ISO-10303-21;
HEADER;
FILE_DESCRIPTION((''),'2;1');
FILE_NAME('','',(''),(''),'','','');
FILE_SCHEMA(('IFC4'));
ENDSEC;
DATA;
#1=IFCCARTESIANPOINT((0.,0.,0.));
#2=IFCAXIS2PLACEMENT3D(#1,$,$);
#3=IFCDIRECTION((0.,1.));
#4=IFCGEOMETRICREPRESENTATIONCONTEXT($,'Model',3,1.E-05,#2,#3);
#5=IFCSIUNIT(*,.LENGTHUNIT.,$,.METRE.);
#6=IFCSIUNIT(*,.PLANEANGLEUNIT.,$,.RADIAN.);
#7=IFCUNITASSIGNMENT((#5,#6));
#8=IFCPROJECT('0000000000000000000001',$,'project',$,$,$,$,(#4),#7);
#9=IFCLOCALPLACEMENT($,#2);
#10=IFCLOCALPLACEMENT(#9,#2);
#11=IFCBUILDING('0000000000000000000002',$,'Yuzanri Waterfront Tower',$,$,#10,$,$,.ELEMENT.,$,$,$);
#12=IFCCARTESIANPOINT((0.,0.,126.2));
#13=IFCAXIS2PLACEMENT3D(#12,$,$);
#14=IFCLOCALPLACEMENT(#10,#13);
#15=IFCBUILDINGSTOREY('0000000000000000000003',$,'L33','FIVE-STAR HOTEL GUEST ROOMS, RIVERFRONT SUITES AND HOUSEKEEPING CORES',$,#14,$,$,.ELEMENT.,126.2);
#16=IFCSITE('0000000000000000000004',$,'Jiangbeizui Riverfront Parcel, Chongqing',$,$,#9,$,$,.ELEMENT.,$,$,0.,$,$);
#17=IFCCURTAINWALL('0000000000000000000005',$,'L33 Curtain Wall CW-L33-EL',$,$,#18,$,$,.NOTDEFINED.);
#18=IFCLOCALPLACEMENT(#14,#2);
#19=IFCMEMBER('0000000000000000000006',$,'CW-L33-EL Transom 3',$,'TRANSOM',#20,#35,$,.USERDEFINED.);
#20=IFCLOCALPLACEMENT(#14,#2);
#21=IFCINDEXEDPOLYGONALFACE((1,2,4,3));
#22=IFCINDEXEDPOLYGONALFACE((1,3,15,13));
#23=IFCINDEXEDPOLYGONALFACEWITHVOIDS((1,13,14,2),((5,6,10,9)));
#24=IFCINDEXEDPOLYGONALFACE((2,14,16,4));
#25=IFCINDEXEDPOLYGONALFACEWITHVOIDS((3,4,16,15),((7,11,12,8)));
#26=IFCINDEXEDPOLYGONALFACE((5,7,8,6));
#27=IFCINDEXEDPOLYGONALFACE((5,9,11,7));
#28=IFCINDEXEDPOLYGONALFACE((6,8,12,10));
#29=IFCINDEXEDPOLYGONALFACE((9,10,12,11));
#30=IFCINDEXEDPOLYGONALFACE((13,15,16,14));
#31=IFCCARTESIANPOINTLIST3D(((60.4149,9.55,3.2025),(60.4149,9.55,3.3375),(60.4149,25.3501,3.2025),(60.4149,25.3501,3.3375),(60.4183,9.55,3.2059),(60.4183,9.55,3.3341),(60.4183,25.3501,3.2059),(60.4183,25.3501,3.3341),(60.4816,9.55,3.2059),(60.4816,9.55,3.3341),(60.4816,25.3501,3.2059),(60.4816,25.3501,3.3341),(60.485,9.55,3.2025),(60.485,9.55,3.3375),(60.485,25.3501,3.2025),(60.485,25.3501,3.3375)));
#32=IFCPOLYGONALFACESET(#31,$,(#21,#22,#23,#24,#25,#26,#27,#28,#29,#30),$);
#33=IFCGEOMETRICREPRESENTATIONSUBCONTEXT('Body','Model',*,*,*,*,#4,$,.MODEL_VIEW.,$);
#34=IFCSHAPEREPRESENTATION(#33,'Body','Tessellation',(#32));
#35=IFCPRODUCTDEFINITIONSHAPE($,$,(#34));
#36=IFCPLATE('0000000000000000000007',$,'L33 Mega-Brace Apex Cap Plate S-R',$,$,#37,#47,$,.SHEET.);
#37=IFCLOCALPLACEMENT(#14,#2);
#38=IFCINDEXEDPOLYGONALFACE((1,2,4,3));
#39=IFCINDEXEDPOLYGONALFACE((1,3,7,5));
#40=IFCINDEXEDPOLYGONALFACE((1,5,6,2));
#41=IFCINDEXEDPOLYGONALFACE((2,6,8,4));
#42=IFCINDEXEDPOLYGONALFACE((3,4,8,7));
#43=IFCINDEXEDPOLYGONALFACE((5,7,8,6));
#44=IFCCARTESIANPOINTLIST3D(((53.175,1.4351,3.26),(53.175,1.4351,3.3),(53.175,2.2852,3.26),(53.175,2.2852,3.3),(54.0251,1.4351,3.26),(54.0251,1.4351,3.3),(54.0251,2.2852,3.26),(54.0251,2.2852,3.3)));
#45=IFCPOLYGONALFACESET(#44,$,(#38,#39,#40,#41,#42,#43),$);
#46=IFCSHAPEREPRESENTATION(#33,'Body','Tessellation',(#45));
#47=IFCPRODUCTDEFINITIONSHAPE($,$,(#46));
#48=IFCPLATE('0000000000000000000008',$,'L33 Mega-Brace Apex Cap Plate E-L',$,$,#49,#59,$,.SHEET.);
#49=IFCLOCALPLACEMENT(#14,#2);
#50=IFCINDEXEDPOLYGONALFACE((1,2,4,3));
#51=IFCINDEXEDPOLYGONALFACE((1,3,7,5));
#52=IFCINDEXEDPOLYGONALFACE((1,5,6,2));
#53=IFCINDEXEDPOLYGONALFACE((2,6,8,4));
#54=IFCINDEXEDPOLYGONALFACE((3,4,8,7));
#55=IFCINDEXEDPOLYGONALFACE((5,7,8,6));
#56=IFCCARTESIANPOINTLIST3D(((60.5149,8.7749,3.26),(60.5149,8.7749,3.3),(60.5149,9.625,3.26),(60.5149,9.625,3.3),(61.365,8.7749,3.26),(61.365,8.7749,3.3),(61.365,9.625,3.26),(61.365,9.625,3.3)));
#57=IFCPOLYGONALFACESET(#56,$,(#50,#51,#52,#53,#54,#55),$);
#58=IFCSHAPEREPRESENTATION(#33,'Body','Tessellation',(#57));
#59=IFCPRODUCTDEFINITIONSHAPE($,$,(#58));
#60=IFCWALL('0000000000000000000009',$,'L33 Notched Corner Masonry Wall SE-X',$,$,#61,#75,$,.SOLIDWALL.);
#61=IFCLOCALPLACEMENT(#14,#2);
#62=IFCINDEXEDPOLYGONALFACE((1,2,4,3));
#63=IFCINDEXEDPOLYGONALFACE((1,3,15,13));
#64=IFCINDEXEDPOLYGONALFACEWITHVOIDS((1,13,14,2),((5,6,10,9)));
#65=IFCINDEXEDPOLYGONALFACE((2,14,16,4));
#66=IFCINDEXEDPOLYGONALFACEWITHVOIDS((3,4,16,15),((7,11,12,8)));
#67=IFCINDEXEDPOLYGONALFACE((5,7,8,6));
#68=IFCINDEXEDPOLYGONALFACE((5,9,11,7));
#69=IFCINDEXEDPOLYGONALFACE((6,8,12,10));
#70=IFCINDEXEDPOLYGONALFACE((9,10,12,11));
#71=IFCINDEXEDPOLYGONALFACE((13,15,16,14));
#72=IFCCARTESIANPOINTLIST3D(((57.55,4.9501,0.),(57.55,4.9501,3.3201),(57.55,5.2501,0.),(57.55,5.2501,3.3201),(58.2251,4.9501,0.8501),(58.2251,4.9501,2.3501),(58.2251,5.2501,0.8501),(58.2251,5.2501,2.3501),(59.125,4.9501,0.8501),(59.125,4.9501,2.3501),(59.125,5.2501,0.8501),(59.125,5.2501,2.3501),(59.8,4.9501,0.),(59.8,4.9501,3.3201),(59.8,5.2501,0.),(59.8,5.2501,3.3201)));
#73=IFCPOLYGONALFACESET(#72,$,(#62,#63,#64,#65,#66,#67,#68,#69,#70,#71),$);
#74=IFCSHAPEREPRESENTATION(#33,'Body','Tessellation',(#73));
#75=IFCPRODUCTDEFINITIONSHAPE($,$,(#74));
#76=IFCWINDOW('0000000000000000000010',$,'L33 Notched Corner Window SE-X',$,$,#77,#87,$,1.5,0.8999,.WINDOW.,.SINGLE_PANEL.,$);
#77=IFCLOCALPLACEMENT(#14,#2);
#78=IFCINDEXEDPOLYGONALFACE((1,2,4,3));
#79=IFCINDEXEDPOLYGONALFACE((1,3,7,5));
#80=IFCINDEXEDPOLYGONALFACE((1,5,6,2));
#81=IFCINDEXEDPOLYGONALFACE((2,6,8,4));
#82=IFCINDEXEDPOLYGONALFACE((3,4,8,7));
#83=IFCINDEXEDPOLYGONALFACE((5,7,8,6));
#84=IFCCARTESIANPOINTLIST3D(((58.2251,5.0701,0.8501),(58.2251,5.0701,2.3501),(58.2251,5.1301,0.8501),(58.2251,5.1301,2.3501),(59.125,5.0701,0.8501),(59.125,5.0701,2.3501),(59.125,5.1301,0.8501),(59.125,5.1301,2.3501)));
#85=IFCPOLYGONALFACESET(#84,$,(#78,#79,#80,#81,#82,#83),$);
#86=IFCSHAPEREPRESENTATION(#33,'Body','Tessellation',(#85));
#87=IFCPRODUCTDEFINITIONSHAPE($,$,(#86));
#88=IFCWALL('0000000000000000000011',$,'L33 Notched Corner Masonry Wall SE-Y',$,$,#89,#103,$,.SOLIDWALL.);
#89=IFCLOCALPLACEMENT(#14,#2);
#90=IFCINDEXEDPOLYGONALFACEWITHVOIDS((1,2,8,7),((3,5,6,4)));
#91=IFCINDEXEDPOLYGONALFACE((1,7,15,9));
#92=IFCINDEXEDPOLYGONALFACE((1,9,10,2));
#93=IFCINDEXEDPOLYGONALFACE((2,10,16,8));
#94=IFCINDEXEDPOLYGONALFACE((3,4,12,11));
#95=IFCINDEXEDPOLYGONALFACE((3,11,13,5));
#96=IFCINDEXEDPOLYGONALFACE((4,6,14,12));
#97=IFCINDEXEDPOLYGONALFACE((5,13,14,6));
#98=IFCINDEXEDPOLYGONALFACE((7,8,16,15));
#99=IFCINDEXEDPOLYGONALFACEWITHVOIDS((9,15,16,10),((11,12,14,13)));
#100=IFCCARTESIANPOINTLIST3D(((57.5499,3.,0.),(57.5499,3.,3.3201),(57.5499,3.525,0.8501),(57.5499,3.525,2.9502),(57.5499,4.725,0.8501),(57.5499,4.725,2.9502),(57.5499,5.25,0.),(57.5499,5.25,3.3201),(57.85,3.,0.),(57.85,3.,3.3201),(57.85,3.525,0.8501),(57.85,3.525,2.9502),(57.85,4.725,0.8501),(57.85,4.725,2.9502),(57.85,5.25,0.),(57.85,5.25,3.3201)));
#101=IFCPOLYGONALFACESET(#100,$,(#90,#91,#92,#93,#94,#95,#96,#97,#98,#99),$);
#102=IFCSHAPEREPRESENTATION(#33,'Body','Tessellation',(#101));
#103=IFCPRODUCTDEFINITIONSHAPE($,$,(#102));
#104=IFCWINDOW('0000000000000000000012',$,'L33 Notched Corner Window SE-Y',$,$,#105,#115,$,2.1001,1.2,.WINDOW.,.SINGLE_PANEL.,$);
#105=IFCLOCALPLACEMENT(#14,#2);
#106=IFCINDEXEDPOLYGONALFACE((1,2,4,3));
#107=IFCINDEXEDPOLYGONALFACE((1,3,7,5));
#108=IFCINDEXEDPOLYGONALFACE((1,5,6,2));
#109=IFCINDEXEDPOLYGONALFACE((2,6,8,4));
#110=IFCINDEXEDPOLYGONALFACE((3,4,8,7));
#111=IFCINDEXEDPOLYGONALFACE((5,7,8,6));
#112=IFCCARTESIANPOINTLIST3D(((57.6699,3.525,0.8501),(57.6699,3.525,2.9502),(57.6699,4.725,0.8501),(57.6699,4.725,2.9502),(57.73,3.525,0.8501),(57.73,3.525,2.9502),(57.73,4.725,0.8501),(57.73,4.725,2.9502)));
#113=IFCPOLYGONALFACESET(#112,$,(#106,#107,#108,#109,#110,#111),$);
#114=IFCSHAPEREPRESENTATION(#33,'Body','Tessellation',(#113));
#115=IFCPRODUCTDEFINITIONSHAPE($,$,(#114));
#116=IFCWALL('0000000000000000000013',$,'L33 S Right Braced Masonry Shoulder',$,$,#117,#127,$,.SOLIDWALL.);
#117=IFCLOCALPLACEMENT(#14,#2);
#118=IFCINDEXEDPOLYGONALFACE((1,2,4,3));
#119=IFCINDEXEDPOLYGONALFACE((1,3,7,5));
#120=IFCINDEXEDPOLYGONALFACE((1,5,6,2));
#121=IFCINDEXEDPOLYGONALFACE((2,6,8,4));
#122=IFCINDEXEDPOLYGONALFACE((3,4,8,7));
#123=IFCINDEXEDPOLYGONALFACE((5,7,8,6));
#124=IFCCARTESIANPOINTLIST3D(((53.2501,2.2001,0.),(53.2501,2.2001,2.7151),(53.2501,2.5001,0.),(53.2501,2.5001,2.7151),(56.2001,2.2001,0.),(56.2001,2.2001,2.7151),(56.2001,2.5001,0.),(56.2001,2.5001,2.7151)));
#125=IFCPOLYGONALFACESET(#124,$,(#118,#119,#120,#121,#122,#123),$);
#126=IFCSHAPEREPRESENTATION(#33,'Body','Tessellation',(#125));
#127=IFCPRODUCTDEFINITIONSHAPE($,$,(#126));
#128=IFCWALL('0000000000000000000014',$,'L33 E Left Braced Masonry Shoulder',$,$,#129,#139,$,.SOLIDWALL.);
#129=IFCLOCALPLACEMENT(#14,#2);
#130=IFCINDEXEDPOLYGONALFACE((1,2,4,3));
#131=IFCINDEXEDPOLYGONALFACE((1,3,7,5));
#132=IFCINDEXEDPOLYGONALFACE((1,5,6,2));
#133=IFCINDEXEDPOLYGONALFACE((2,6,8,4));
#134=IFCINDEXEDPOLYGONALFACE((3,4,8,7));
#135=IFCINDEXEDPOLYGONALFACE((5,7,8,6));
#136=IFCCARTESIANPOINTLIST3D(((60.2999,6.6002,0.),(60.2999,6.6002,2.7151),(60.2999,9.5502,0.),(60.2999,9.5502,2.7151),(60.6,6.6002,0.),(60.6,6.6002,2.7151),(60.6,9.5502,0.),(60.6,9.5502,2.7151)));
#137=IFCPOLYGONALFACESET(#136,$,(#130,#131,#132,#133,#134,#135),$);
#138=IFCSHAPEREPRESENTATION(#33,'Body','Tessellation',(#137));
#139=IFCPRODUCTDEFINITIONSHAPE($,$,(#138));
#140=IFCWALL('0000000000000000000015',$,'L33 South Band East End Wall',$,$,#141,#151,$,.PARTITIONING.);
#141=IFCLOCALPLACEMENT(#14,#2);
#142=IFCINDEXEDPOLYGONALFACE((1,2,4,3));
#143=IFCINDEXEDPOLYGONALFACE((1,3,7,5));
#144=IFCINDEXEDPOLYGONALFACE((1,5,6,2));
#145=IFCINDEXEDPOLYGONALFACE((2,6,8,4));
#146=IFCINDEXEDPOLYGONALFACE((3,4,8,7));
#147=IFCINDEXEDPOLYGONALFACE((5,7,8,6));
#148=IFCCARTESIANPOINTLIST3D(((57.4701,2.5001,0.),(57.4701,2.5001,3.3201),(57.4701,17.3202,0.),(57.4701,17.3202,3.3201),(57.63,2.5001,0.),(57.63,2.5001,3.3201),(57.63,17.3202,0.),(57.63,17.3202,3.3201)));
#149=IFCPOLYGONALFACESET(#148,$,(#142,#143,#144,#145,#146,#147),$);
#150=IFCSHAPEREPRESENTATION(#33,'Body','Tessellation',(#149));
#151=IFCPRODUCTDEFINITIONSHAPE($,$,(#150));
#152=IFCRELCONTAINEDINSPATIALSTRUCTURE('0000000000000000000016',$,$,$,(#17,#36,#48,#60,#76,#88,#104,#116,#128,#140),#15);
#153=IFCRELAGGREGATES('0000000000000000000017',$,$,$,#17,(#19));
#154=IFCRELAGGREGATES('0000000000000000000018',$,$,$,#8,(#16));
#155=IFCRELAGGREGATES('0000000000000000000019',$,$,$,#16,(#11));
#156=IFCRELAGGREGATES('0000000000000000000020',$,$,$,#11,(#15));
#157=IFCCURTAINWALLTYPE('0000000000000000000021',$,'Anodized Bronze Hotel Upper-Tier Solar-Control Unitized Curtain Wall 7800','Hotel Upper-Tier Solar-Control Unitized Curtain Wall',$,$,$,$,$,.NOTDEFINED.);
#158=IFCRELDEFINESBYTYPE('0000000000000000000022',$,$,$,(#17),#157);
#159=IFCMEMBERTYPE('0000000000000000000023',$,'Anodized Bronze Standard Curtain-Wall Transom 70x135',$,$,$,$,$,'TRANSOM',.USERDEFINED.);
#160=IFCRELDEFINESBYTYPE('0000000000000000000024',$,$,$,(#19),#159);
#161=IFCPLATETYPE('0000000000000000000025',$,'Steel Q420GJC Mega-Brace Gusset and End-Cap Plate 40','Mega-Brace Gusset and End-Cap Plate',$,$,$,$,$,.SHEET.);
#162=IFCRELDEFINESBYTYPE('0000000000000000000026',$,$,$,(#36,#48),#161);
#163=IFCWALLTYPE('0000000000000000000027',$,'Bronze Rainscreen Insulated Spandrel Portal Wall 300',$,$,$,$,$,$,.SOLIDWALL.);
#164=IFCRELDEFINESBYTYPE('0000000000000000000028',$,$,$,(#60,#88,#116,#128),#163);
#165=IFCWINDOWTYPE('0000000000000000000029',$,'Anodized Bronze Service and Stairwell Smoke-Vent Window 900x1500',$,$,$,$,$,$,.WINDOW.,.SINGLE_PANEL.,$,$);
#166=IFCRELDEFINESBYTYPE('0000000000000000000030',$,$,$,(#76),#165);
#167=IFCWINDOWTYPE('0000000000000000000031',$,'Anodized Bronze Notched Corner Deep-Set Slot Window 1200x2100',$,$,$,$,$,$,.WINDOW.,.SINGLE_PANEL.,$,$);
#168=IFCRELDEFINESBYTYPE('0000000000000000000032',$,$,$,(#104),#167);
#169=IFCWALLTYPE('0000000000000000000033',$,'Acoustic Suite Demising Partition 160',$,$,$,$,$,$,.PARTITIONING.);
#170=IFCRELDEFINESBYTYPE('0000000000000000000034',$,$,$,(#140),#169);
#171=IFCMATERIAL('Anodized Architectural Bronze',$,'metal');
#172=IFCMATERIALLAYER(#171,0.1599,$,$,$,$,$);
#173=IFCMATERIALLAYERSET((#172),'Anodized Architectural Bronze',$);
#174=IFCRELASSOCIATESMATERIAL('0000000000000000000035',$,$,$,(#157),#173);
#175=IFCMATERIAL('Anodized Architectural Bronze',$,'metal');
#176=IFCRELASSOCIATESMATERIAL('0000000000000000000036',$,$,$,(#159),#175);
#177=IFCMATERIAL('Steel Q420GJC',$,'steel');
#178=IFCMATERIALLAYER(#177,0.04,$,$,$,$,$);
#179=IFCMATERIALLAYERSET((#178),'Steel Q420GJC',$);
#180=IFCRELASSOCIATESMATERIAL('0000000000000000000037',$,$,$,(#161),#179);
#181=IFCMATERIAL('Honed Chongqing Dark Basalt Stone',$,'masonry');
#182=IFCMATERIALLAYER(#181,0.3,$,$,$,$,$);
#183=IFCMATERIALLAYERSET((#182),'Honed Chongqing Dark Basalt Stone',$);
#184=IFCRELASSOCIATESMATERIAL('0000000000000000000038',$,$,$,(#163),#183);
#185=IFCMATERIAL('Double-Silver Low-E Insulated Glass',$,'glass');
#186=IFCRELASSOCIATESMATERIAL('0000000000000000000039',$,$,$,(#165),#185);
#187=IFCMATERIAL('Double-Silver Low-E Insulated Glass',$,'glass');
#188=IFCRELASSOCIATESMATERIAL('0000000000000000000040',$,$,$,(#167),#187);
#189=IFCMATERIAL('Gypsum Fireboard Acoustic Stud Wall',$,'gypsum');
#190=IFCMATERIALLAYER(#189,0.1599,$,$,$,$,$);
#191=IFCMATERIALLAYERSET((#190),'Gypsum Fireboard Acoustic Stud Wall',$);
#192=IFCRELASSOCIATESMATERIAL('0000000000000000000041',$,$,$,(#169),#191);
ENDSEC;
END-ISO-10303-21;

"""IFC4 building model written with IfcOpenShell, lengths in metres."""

from ifc_helpers import new_model, si_unit, direction, frame, frame_2d, origin, origin_2d, place, context, subcontext, project, spatial, rectangle, hollow_rectangle, extrude, source, transform, mapped, material, layer, layer_set, material_profile, profile_set, type_object, element, fill, aggregate, save


model = new_model("IFC4")

# Units and contexts
model_context = context("Model", 3, precision=1e-05, world=origin(), true_north=direction((0.0, 1.0)))
body_context = subcontext(model_context, "Body", "Model", "MODEL_VIEW")
ifc_project = project(units=[si_unit("LENGTHUNIT", "METRE"), si_unit("PLANEANGLEUNIT", "RADIAN")], contexts=[model_context])

# Site, building, storey
site_placement = place(None, origin())
site = spatial("IfcSite", under=ifc_project, at=site_placement, Name="Jiangbeizui Riverfront Parcel, Chongqing", CompositionType="ELEMENT", RefElevation=0.0)
building_placement = place(site_placement, origin())
building = spatial("IfcBuilding", under=site, at=building_placement, Name="Yuzanri Waterfront Tower", CompositionType="ELEMENT")
storey_placement = place(building_placement, frame((0.0, 0.0, 126.2)))
storey = spatial("IfcBuildingStorey", under=building, at=storey_placement, Name="L33", Description="FIVE-STAR HOTEL GUEST ROOMS, RIVERFRONT SUITES AND HOUSEKEEPING CORES", CompositionType="ELEMENT", Elevation=126.2)

# Curtain wall, member
ifc_material_1 = material(Name="Anodized Architectural Bronze", Category="metal")
ifc_layer_1 = layer(ifc_material_1, 0.1599)
ifc_layer_set_1 = layer_set([ifc_layer_1], Name="Anodized Architectural Bronze")
curtain_wall_type = type_object("IfcCurtainWallType", Name="Anodized Bronze Hotel Upper-Tier Solar-Control Unitized Curtain Wall 7800", Description="Hotel Upper-Tier Solar-Control Unitized Curtain Wall", PredefinedType="NOTDEFINED", material=ifc_layer_set_1)
curtain_wall_1_placement = place(storey_placement, origin())
curtain_wall_1 = element("IfcCurtainWall", 1, at=curtain_wall_1_placement, inside=storey, type_object=curtain_wall_type, Name="L33 Curtain Wall CW-L33-EL", PredefinedType="NOTDEFINED")
ifc_material_2 = material(Name="Anodized Architectural Bronze", Category="metal")
ifc_material_profile_1 = material_profile(ifc_material_2, hollow_rectangle(XDim=0.0701, YDim=0.135, WallThickness=0.0034, at=origin_2d()), Name="CWT 70x135")
ifc_profile_set_1 = profile_set([ifc_material_profile_1], Name="Anodized Architectural Bronze")
member_type_1 = type_object("IfcMemberType", Name="Anodized Bronze Standard Curtain-Wall Transom 70x135", ElementType="TRANSOM", PredefinedType="USERDEFINED", material=ifc_profile_set_1)
shared_shape_1 = source(origin(), body_context, "Body", "SweptSolid", [
    extrude(hollow_rectangle(XDim=0.0701, YDim=0.135, WallThickness=0.0034, at=origin_2d()), origin(), (0.0, 0.0, 1.0), 15.8),
])
member_1_placement = place(storey_placement, frame((60.45, 9.55, 3.27), z_axis=(0.0, 1.0, 0.0), x_axis=(-1.0, 0.0, 0.0)))
member_1 = element("IfcMember", 2, at=member_1_placement, type_object=member_type_1, Name="CW-L33-EL Transom 3", ObjectType="TRANSOM", PredefinedType="USERDEFINED", context=body_context, shape_type="MappedRepresentation", body=[
    mapped(shared_shape_1, transform((0.0, 0.0, 0.0), scale=1.0)),
])
aggregate(curtain_wall_1, [member_1])

# Plates
ifc_material_3 = material(Name="Steel Q420GJC", Category="steel")
ifc_layer_2 = layer(ifc_material_3, 0.04)
ifc_layer_set_2 = layer_set([ifc_layer_2], Name="Steel Q420GJC")
plate_type = type_object("IfcPlateType", Name="Steel Q420GJC Mega-Brace Gusset and End-Cap Plate 40", Description="Mega-Brace Gusset and End-Cap Plate", PredefinedType="SHEET", material=ifc_layer_set_2)
shared_shape_2 = source(origin(), body_context, "Body", "SweptSolid", [
    extrude(rectangle(XDim=0.8501, YDim=0.8501, at=origin_2d()), origin(), (0.0, 0.0, 1.0), 0.04),
])
for number, where, z_axis, x_axis, name in (
    (3, (53.6001, 1.8601, 3.26), (0.0, 0.0, 1.0), (1.0, 0.0, 0.0), "L33 Mega-Brace Apex Cap Plate S-R"),
    (4, (60.9399, 9.2, 3.26), (0.0, 0.0, 1.0), (1.0, 0.0, 0.0), "L33 Mega-Brace Apex Cap Plate E-L"),
):
    element("IfcPlate", number, at=place(storey_placement, frame(where, z_axis=z_axis, x_axis=x_axis)), inside=storey, type_object=plate_type, Name=name, PredefinedType="SHEET", context=body_context, shape_type="MappedRepresentation", body=[
        mapped(shared_shape_2, transform((0.0, 0.0, 0.0), scale=1.0)),
    ])

# Walls, openings, windows
ifc_material_4 = material(Name="Honed Chongqing Dark Basalt Stone", Category="masonry")
ifc_layer_3 = layer(ifc_material_4, 0.3)
ifc_layer_set_3 = layer_set([ifc_layer_3], Name="Honed Chongqing Dark Basalt Stone")
wall_type_1 = type_object("IfcWallType", Name="Bronze Rainscreen Insulated Spandrel Portal Wall 300", PredefinedType="SOLIDWALL", material=ifc_layer_set_3)
wall_1_placement = place(storey_placement, frame((57.55, 5.1001, 0.0), z_axis=(0.0, 0.0, 1.0), x_axis=(1.0, 0.0, 0.0)))
wall_1 = element("IfcWall", 5, at=wall_1_placement, inside=storey, type_object=wall_type_1, Name="L33 Notched Corner Masonry Wall SE-X", PredefinedType="SOLIDWALL", context=body_context, shape_type="SweptSolid", body=[
    extrude(rectangle(XDim=2.25, YDim=0.3, at=frame_2d((1.125, 0.0))), origin(), (0.0, 0.0, 1.0), 3.3201),
])
opening_1_placement = place(wall_1_placement, frame((0.675, 0.0, 0.8501)))
opening_1 = element("IfcOpeningElement", 6, at=opening_1_placement, cuts=wall_1, PredefinedType="OPENING", context=body_context, shape_type="SweptSolid", body=[
    extrude(rectangle(XDim=0.8999, YDim=1.5, at=frame_2d((0.45, 0.75))), frame((0.0, 0.165, 0.0), z_axis=(0.0, -1.0, 0.0), x_axis=(1.0, 0.0, 0.0)), (0.0, 0.0, 1.0), 0.3298),
])
ifc_material_5 = material(Name="Double-Silver Low-E Insulated Glass", Category="glass")
window_type_1 = type_object("IfcWindowType", Name="Anodized Bronze Service and Stairwell Smoke-Vent Window 900x1500", PartitioningType="SINGLE_PANEL", PredefinedType="WINDOW", material=ifc_material_5)
shared_shape_3 = source(origin(), body_context, "Body", "SweptSolid", [
    extrude(rectangle(XDim=0.8999, YDim=1.5, at=frame_2d((0.45, 0.75))), frame((0.0, 0.03, 0.0), z_axis=(0.0, -1.0, 0.0), x_axis=(1.0, 0.0, 0.0)), (0.0, 0.0, 1.0), 0.0601),
])
window_1_placement = place(opening_1_placement, origin())
window_1 = element("IfcWindow", 7, at=window_1_placement, inside=storey, type_object=window_type_1, Name="L33 Notched Corner Window SE-X", OverallHeight=1.5, OverallWidth=0.8999, PartitioningType="SINGLE_PANEL", PredefinedType="WINDOW", context=body_context, shape_type="MappedRepresentation", body=[
    mapped(shared_shape_3, transform((0.0, 0.0, 0.0), scale=1.0)),
])
fill(opening_1, window_1)
wall_2_placement = place(storey_placement, frame((57.7, 3.0, 0.0), z_axis=(0.0, 0.0, 1.0), x_axis=(0.0, 1.0, 0.0)))
wall_2 = element("IfcWall", 8, at=wall_2_placement, inside=storey, type_object=wall_type_1, Name="L33 Notched Corner Masonry Wall SE-Y", PredefinedType="SOLIDWALL", context=body_context, shape_type="SweptSolid", body=[
    extrude(rectangle(XDim=2.25, YDim=0.3, at=frame_2d((1.125, 0.0))), origin(), (0.0, 0.0, 1.0), 3.3201),
])
opening_2_placement = place(wall_2_placement, frame((0.5249, 0.0, 0.8501)))
opening_2 = element("IfcOpeningElement", 9, at=opening_2_placement, cuts=wall_2, PredefinedType="OPENING", context=body_context, shape_type="SweptSolid", body=[
    extrude(rectangle(XDim=1.2, YDim=2.1001, at=frame_2d((0.6001, 1.05))), frame((0.0, 0.165, 0.0), z_axis=(0.0, -1.0, 0.0), x_axis=(1.0, 0.0, 0.0)), (0.0, 0.0, 1.0), 0.3298),
])
ifc_material_6 = material(Name="Double-Silver Low-E Insulated Glass", Category="glass")
window_type_2 = type_object("IfcWindowType", Name="Anodized Bronze Notched Corner Deep-Set Slot Window 1200x2100", PartitioningType="SINGLE_PANEL", PredefinedType="WINDOW", material=ifc_material_6)
shared_shape_4 = source(origin(), body_context, "Body", "SweptSolid", [
    extrude(rectangle(XDim=1.2, YDim=2.1001, at=frame_2d((0.6001, 1.05))), frame((0.0, 0.03, 0.0), z_axis=(0.0, -1.0, 0.0), x_axis=(1.0, 0.0, 0.0)), (0.0, 0.0, 1.0), 0.0601),
])
window_2_placement = place(opening_2_placement, origin())
window_2 = element("IfcWindow", 10, at=window_2_placement, inside=storey, type_object=window_type_2, Name="L33 Notched Corner Window SE-Y", OverallHeight=2.1001, OverallWidth=1.2, PartitioningType="SINGLE_PANEL", PredefinedType="WINDOW", context=body_context, shape_type="MappedRepresentation", body=[
    mapped(shared_shape_4, transform((0.0, 0.0, 0.0), scale=1.0)),
])
fill(opening_2, window_2)

# Walls
shared_shape_5 = source(origin(), body_context, "Body", "SweptSolid", [
    extrude(rectangle(XDim=2.95, YDim=0.3, at=frame_2d((1.4751, 0.0))), origin(), (0.0, 0.0, 1.0), 2.7151),
])
for number, where, z_axis, x_axis, name in (
    (11, (53.25, 2.3501, 0.0), (0.0, 0.0, 1.0), (1.0, 0.0, 0.0), "L33 S Right Braced Masonry Shoulder"),
    (12, (60.45, 6.6001, 0.0), (0.0, 0.0, 1.0), (0.0, 1.0, 0.0), "L33 E Left Braced Masonry Shoulder"),
):
    element("IfcWall", number, at=place(storey_placement, frame(where, z_axis=z_axis, x_axis=x_axis)), inside=storey, type_object=wall_type_1, Name=name, PredefinedType="SOLIDWALL", context=body_context, shape_type="MappedRepresentation", body=[
        mapped(shared_shape_5, transform((0.0, 0.0, 0.0), scale=1.0)),
    ])
ifc_material_7 = material(Name="Gypsum Fireboard Acoustic Stud Wall", Category="gypsum")
ifc_layer_4 = layer(ifc_material_7, 0.1599)
ifc_layer_set_4 = layer_set([ifc_layer_4], Name="Gypsum Fireboard Acoustic Stud Wall")
wall_type_2 = type_object("IfcWallType", Name="Acoustic Suite Demising Partition 160", PredefinedType="PARTITIONING", material=ifc_layer_set_4)
shared_shape_6 = source(origin(), body_context, "Body", "SweptSolid", [
    extrude(rectangle(XDim=14.8201, YDim=0.1599, at=frame_2d((7.4102, 0.0))), origin(), (0.0, 0.0, 1.0), 3.3201),
])
wall_3_placement = place(storey_placement, frame((57.55, 2.5, 0.0), z_axis=(0.0, 0.0, 1.0), x_axis=(0.0, 1.0, 0.0)))
element("IfcWall", 13, at=wall_3_placement, inside=storey, type_object=wall_type_2, Name="L33 South Band East End Wall", PredefinedType="PARTITIONING", context=body_context, shape_type="MappedRepresentation", body=[
    mapped(shared_shape_6, transform((0.0, 0.0, 0.0), scale=1.0)),
])

save(model, "model.ifc")
